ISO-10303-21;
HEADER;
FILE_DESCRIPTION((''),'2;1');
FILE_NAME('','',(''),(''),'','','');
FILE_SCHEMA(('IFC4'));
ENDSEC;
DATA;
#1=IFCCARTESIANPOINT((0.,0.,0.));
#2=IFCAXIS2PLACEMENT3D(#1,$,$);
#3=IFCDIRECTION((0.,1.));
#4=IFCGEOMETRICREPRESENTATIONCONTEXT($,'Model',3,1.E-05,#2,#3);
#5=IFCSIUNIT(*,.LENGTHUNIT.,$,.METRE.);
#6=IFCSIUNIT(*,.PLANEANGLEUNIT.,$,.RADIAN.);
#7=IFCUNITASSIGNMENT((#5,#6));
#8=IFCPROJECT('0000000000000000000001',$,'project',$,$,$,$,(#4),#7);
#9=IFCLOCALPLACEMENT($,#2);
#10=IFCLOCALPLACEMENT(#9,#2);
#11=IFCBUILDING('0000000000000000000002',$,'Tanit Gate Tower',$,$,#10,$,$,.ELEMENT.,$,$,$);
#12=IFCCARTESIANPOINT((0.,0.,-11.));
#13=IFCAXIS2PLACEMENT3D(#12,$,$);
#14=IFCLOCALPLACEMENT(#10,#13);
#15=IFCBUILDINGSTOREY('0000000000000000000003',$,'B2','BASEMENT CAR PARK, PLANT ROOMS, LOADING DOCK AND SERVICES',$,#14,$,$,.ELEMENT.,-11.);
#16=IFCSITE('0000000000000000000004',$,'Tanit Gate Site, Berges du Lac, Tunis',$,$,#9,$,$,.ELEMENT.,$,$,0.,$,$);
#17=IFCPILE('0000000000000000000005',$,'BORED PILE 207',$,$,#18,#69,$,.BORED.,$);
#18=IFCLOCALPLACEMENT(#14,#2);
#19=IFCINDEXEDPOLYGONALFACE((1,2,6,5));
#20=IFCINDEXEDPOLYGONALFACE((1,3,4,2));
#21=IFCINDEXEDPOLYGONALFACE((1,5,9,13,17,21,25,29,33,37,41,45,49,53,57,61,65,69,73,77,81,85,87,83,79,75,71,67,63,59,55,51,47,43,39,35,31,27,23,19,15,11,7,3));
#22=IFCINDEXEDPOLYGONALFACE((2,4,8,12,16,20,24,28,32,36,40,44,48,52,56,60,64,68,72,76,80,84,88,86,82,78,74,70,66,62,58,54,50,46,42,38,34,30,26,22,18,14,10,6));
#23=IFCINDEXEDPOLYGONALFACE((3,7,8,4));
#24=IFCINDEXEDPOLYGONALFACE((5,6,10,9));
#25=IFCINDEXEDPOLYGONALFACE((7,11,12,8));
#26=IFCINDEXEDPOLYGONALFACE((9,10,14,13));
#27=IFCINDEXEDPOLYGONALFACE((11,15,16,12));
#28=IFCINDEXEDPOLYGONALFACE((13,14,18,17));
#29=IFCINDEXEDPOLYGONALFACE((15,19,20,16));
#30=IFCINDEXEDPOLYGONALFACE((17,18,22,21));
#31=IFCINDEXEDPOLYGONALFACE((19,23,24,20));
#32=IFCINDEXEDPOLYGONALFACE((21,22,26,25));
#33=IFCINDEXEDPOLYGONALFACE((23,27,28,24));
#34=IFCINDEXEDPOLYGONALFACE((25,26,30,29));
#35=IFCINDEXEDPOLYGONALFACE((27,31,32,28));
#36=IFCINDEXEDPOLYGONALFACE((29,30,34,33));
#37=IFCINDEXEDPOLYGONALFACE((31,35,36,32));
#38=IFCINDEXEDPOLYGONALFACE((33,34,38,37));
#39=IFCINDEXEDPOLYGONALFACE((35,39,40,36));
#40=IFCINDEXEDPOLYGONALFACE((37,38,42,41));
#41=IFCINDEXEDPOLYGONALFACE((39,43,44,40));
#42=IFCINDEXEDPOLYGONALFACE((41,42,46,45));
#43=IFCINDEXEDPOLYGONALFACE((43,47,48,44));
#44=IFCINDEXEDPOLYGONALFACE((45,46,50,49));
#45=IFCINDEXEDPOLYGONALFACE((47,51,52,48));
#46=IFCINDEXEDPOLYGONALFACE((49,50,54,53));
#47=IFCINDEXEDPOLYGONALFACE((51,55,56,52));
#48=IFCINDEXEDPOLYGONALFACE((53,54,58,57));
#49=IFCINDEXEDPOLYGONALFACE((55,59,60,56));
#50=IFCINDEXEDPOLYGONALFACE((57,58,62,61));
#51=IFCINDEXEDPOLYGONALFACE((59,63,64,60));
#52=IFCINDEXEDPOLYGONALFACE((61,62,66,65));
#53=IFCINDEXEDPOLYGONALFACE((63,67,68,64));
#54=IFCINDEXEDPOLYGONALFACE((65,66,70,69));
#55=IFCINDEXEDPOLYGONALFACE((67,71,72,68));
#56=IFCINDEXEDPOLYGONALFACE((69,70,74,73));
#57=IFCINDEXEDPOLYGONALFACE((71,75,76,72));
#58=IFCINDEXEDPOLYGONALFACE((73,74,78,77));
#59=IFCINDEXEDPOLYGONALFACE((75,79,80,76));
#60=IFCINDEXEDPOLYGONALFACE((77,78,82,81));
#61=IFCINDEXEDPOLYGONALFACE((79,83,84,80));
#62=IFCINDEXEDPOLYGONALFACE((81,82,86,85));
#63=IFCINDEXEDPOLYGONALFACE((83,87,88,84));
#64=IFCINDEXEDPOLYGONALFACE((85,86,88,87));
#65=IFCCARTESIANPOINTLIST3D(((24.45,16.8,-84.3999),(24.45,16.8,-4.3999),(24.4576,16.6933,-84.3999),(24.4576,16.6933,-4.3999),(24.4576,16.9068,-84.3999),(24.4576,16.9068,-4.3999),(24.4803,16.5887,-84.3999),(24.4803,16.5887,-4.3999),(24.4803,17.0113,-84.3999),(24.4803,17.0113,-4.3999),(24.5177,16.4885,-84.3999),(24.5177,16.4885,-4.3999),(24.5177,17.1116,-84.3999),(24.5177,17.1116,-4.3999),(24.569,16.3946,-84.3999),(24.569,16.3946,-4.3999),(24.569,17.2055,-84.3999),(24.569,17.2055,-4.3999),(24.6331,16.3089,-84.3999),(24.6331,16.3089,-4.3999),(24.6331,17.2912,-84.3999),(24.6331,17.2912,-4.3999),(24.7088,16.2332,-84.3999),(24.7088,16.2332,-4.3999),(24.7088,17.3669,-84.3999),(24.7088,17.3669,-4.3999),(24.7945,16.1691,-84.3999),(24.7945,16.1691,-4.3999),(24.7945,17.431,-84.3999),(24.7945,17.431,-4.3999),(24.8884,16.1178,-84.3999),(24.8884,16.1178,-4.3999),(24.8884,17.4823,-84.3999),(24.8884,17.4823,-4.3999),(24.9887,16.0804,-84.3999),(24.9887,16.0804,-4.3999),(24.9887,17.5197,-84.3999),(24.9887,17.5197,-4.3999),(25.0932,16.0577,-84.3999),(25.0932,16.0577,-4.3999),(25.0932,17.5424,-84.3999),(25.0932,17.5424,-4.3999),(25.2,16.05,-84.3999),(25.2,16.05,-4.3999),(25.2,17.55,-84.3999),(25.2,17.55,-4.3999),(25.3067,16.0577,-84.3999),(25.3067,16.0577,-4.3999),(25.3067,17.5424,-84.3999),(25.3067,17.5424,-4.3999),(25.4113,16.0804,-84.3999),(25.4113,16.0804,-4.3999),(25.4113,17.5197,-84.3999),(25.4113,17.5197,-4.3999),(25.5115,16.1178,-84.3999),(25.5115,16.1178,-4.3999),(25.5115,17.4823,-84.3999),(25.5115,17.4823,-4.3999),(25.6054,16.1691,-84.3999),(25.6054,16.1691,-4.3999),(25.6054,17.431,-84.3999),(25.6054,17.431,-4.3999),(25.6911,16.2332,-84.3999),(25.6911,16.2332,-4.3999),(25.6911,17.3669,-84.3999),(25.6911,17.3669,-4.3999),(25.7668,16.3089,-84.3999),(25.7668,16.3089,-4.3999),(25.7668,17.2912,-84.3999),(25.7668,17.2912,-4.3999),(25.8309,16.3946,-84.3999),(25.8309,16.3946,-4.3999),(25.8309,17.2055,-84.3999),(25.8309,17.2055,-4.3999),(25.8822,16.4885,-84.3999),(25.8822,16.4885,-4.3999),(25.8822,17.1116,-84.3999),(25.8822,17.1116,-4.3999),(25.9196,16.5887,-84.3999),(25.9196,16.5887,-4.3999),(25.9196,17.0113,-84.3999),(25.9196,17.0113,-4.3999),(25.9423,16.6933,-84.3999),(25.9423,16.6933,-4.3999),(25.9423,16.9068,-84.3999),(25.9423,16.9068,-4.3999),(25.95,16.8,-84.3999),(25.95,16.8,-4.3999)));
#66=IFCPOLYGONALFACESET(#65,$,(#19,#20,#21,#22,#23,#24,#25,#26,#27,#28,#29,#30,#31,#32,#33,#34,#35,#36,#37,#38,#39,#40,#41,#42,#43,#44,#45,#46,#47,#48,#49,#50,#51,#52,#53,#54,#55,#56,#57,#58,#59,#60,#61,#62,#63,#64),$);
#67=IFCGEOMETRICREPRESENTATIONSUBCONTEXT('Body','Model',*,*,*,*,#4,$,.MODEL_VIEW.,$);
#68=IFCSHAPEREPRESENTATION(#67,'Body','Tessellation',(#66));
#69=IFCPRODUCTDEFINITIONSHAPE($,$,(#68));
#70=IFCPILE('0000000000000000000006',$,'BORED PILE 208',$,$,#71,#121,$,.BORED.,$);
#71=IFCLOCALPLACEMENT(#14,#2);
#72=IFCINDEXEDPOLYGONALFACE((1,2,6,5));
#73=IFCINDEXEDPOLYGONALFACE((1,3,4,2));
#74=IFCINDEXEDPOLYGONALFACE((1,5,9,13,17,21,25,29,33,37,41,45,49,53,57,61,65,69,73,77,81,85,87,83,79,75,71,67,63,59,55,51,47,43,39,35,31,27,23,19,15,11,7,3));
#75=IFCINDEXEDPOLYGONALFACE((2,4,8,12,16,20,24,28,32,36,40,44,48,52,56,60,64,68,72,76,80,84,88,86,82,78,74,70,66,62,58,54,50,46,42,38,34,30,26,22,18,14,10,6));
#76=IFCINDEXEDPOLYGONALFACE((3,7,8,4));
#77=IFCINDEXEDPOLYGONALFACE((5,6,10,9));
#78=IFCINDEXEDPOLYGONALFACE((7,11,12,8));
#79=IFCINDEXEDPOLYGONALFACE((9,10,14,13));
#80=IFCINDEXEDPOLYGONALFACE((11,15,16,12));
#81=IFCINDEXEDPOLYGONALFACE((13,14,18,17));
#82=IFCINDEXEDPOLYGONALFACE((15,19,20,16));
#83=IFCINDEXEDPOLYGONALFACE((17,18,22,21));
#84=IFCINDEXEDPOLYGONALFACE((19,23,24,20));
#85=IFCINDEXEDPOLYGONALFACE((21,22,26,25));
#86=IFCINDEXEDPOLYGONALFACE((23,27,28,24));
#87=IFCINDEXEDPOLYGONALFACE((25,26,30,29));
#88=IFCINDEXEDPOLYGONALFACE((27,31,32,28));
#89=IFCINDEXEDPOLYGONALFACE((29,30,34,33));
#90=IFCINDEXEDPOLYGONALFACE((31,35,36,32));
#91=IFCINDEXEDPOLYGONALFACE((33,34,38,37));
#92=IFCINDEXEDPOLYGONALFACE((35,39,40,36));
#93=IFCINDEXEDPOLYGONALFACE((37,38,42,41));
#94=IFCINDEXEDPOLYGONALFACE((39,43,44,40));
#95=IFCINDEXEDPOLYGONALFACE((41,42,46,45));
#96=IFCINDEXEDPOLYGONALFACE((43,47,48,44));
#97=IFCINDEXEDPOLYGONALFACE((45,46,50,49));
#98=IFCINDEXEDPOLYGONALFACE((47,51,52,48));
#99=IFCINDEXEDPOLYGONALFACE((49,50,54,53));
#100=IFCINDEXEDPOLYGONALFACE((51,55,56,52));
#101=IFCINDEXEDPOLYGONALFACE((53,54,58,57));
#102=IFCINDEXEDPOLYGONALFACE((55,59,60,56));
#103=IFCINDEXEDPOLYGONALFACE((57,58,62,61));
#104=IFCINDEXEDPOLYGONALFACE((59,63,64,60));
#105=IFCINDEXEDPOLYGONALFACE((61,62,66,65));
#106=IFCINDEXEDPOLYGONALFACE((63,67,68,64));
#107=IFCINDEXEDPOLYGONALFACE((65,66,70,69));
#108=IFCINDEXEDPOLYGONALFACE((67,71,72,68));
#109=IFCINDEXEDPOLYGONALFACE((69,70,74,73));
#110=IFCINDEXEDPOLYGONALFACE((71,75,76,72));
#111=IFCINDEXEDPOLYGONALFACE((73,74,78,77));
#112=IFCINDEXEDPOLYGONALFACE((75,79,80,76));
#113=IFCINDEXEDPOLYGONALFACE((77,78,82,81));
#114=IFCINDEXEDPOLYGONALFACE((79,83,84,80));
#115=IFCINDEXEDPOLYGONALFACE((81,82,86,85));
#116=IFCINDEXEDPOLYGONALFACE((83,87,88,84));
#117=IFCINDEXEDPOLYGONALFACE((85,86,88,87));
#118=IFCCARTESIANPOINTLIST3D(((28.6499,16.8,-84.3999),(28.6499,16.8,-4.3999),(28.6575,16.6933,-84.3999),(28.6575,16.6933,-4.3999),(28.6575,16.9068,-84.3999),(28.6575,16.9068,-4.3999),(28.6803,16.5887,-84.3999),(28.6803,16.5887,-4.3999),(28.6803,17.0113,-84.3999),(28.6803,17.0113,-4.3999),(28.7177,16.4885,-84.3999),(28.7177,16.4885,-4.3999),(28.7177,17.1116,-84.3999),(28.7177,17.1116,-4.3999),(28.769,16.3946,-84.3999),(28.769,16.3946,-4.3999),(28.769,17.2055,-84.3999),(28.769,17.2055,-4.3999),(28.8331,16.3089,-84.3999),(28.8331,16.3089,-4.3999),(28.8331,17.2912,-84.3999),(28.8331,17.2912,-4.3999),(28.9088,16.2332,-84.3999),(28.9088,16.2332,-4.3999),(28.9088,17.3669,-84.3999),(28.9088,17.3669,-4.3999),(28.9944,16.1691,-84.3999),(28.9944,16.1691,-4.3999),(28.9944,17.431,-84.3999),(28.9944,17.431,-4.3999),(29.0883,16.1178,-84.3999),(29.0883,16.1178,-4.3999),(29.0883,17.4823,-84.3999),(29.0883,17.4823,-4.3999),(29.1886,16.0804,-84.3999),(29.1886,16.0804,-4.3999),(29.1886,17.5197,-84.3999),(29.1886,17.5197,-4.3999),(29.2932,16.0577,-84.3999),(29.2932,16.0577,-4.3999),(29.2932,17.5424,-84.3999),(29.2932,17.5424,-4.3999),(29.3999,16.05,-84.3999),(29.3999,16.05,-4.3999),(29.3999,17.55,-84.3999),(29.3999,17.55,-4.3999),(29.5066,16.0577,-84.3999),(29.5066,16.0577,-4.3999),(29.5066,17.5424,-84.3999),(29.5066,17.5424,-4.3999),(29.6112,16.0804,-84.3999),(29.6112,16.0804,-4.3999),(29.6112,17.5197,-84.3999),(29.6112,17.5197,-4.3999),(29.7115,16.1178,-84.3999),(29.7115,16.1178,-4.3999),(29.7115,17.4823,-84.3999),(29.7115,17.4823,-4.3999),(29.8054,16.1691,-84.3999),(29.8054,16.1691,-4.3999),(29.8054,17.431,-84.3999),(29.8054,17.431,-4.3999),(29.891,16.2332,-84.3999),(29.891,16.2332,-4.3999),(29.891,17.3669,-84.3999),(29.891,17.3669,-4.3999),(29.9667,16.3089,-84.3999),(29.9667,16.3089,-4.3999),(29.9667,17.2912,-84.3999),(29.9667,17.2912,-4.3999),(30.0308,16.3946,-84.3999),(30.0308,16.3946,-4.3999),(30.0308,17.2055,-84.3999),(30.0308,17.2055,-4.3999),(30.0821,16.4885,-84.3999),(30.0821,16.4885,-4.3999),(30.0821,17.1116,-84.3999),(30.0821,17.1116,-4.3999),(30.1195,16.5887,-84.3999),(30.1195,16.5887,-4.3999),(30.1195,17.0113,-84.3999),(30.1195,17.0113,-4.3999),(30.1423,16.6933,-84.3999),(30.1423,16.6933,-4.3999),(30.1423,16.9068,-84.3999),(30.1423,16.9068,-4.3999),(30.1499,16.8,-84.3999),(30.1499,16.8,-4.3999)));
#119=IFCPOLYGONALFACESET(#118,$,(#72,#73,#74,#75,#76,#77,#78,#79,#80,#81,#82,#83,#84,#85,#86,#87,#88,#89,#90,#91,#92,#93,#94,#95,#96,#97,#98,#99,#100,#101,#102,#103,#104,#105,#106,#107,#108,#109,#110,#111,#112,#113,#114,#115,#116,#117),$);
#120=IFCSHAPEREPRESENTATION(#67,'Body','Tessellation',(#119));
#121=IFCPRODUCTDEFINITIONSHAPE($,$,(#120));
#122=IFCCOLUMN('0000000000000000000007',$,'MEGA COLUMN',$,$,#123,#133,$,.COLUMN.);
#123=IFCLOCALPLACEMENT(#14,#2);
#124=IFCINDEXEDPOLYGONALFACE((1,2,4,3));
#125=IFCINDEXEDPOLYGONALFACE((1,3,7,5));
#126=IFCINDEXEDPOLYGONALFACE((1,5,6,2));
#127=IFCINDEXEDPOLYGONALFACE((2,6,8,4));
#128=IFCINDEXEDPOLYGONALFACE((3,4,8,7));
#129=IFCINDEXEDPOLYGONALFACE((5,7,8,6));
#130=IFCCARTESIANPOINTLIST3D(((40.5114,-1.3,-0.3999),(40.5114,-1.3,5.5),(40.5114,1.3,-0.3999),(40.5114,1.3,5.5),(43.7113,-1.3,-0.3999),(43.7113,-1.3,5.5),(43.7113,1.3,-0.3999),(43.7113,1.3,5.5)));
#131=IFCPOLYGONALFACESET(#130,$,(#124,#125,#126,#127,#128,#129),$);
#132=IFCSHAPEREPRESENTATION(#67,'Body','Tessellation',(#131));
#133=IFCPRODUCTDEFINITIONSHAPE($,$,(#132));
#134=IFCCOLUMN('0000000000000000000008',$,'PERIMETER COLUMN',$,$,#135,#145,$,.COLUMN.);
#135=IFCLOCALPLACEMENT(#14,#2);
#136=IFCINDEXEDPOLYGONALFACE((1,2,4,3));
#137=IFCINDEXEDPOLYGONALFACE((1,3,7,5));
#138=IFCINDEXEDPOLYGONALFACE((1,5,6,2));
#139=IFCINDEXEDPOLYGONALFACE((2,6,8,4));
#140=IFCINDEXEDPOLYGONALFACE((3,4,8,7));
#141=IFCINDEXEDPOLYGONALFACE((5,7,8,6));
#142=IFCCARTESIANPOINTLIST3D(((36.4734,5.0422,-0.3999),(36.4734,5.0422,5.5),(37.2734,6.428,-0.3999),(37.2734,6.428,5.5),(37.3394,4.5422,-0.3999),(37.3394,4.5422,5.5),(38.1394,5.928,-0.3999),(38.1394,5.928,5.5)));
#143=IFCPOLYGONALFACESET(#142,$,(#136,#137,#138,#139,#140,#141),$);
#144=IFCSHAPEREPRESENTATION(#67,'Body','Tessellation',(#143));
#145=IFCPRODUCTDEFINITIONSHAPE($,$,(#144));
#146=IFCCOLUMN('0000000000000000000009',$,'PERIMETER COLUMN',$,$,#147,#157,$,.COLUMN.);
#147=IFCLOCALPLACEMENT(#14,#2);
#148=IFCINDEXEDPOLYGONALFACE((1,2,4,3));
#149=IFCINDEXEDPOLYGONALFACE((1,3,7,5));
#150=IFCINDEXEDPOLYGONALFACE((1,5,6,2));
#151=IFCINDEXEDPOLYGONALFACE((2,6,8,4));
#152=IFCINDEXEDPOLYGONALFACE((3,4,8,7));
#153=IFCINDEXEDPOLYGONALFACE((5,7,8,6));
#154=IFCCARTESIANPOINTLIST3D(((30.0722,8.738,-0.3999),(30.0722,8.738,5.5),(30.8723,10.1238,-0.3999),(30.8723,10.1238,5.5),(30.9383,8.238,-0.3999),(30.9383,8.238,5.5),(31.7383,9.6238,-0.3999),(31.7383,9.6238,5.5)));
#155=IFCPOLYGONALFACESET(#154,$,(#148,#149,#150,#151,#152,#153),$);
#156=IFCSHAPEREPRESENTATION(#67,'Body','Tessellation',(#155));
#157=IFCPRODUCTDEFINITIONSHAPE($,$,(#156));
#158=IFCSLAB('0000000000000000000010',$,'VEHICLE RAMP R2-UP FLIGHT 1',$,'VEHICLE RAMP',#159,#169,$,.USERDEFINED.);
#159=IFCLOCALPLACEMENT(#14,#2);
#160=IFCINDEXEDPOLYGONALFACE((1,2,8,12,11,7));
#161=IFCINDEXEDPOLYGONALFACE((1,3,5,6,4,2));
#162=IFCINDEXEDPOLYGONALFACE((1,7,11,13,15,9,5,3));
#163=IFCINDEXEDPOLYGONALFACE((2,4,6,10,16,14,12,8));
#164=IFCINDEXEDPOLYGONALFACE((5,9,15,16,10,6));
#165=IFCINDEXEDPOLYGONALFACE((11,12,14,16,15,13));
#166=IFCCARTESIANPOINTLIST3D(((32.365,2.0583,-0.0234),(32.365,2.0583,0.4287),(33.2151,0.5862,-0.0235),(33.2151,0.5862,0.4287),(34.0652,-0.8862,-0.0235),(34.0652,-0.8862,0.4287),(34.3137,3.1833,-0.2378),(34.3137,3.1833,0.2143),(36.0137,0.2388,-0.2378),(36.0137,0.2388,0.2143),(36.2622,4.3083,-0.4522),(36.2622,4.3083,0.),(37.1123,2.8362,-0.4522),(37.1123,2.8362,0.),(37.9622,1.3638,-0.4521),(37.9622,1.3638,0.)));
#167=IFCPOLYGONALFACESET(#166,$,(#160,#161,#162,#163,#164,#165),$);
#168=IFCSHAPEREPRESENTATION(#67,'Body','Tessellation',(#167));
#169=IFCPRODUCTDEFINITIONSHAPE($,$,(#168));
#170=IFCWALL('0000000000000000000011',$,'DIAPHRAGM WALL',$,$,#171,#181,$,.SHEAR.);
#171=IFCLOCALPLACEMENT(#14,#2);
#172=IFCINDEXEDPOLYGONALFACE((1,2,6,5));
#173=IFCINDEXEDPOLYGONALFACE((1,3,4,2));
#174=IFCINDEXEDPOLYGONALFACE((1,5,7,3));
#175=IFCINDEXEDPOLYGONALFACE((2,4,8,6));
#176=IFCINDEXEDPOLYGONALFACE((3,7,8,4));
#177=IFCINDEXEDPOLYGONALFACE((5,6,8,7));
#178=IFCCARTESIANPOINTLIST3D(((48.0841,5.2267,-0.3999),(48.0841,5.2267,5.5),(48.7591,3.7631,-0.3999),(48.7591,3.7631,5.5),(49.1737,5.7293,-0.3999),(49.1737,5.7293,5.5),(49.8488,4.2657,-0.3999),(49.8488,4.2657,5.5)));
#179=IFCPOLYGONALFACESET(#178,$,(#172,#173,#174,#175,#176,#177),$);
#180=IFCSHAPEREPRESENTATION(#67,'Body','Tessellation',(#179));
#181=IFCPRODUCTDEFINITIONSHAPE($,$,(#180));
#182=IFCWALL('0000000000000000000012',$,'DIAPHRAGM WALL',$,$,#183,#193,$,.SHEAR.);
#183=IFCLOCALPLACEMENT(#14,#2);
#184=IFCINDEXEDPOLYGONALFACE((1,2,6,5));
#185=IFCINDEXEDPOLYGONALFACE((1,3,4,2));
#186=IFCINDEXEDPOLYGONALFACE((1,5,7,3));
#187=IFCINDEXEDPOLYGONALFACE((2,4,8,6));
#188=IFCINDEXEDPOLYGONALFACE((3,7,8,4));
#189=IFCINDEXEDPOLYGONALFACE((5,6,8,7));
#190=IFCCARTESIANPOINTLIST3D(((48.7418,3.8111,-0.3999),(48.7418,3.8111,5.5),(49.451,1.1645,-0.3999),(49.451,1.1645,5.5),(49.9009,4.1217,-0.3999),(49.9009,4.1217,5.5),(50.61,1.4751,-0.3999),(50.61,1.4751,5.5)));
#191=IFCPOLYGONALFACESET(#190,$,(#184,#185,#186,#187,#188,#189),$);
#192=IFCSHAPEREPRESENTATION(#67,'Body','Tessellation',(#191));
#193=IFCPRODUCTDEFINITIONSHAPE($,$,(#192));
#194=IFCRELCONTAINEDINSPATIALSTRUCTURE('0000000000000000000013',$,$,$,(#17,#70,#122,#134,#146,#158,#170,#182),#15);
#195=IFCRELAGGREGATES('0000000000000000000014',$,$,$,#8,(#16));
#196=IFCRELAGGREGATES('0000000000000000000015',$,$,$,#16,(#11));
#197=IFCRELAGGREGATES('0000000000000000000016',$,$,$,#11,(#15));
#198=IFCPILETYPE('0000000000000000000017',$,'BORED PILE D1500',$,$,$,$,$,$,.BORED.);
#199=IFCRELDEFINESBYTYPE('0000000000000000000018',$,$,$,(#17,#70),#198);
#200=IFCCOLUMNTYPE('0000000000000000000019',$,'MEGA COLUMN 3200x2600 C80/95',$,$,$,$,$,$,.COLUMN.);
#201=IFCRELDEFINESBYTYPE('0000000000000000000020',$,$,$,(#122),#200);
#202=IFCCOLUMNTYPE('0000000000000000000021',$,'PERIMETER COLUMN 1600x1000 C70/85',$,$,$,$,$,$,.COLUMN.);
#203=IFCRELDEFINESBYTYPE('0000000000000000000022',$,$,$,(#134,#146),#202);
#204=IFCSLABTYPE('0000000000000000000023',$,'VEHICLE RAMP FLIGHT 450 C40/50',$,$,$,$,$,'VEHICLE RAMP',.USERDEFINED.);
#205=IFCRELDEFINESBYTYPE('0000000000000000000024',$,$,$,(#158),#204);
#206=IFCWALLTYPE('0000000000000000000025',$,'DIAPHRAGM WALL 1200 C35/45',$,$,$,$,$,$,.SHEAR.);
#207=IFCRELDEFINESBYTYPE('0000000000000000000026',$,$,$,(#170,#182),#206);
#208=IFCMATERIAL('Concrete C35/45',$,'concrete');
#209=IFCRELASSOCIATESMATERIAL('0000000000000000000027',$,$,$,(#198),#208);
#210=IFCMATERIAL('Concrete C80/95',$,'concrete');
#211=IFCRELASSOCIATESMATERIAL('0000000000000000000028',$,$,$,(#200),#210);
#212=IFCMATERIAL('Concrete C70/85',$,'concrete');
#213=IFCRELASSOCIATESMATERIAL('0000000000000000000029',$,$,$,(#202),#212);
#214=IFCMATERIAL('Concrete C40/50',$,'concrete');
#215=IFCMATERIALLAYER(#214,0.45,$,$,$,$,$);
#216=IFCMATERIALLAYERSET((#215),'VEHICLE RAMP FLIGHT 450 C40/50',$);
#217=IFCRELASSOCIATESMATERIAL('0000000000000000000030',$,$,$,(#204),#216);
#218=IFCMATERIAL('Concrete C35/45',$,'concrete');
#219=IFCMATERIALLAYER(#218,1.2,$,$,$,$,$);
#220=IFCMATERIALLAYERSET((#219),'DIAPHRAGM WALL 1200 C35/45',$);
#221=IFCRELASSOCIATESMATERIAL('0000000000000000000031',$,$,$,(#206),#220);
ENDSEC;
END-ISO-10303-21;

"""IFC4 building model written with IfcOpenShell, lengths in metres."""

from ifc_helpers import new_model, si_unit, direction, frame, frame_2d, origin, origin_2d, place, context, subcontext, project, spatial, polyline, rectangle, circle, outline, extrude, material, layer, layer_set, material_profile, profile_set, type_object, element, save


model = new_model("IFC4")

# Units and contexts
model_context = context("Model", 3, precision=1e-05, world=origin(), true_north=direction((0.0, 1.0)))
body_context = subcontext(model_context, "Body", "Model", "MODEL_VIEW")
ifc_project = project(units=[si_unit("LENGTHUNIT", "METRE"), si_unit("PLANEANGLEUNIT", "RADIAN")], contexts=[model_context])

# Site, building, storey
site_placement = place(None, origin())
site = spatial("IfcSite", under=ifc_project, at=site_placement, Name="Tanit Gate Site, Berges du Lac, Tunis", CompositionType="ELEMENT", RefElevation=0.0)
building_placement = place(site_placement, origin())
building = spatial("IfcBuilding", under=site, at=building_placement, Name="Tanit Gate Tower", CompositionType="ELEMENT")
storey_placement = place(building_placement, frame((0.0, 0.0, -11.0)))
storey = spatial("IfcBuildingStorey", under=building, at=storey_placement, Name="B2", Description="BASEMENT CAR PARK, PLANT ROOMS, LOADING DOCK AND SERVICES", CompositionType="ELEMENT", Elevation=-11.0)

# Piles
ifc_material_1 = material(Name="Concrete C35/45", Category="concrete")
ifc_material_profile_1 = material_profile(ifc_material_1, circle(Radius=0.75, at=origin_2d()), Name="BORED PILE D1500 C35/45")
ifc_profile_set_1 = profile_set([ifc_material_profile_1], Name="Concrete C35/45")
pile_type = type_object("IfcPileType", Name="BORED PILE D1500", PredefinedType="BORED", material=ifc_profile_set_1)
for number, where, z_axis, x_axis, name in (
    (1, (25.2, 16.8, -4.3999), (0.0, 0.0, -1.0), (1.0, 0.0, 0.0), "BORED PILE 207"),
    (2, (29.3999, 16.8, -4.3999), (0.0, 0.0, -1.0), (1.0, 0.0, 0.0), "BORED PILE 208"),
):
    element("IfcPile", number, at=place(storey_placement, frame(where, z_axis=z_axis, x_axis=x_axis)), inside=storey, type_object=pile_type, Name=name, PredefinedType="BORED", context=body_context, shape_type="SweptSolid", body=[
        extrude(circle(Radius=0.75, at=origin_2d()), origin(), (0.0, 0.0, 1.0), 80.0),
    ])

# Columns
ifc_material_2 = material(Name="Concrete C80/95", Category="concrete")
ifc_material_profile_2 = material_profile(ifc_material_2, rectangle(XDim=3.2, YDim=2.6001, at=origin_2d()), Name="RC 3200x2600")
ifc_profile_set_2 = profile_set([ifc_material_profile_2], Name="Concrete C80/95")
column_type_1 = type_object("IfcColumnType", Name="MEGA COLUMN 3200x2600 C80/95", PredefinedType="COLUMN", material=ifc_profile_set_2)
column_placement = place(storey_placement, frame((42.1113, 0.0, -0.3999), z_axis=(0.0, 0.0, 1.0), x_axis=(1.0, 0.0, 0.0)))
element("IfcColumn", 3, at=column_placement, inside=storey, type_object=column_type_1, Name="MEGA COLUMN", PredefinedType="COLUMN", context=body_context, shape_type="SweptSolid", body=[
    extrude(rectangle(XDim=3.2, YDim=2.6001, at=origin_2d()), origin(), (0.0, 0.0, 1.0), 5.8999),
])
ifc_material_3 = material(Name="Concrete C70/85", Category="concrete")
ifc_material_profile_3 = material_profile(ifc_material_3, rectangle(XDim=1.6001, YDim=1.0, at=origin_2d()), Name="RC 1600x1000")
ifc_profile_set_3 = profile_set([ifc_material_profile_3], Name="Concrete C70/85")
column_type_2 = type_object("IfcColumnType", Name="PERIMETER COLUMN 1600x1000 C70/85", PredefinedType="COLUMN", material=ifc_profile_set_3)
for number, where, z_axis, x_axis, name in (
    (4, (37.3064, 5.4851, -0.3999), (0.0, 0.0, 1.0), (0.5, 0.866025, 0.0), "PERIMETER COLUMN"),
    (5, (30.9053, 9.1809, -0.3999), (0.0, 0.0, 1.0), (0.5, 0.866025, 0.0), "PERIMETER COLUMN"),
):
    element("IfcColumn", number, at=place(storey_placement, frame(where, z_axis=z_axis, x_axis=x_axis)), inside=storey, type_object=column_type_2, Name=name, PredefinedType="COLUMN", context=body_context, shape_type="SweptSolid", body=[
        extrude(rectangle(XDim=1.6001, YDim=1.0, at=origin_2d()), origin(), (0.0, 0.0, 1.0), 5.8999),
    ])

# Slab
ifc_material_4 = material(Name="Concrete C40/50", Category="concrete")
ifc_layer_1 = layer(ifc_material_4, 0.45)
ifc_layer_set_1 = layer_set([ifc_layer_1], Name="VEHICLE RAMP FLIGHT 450 C40/50")
slab_type = type_object("IfcSlabType", Name="VEHICLE RAMP FLIGHT 450 C40/50", ElementType="VEHICLE RAMP", PredefinedType="USERDEFINED", material=ifc_layer_set_1)
slab_placement = place(storey_placement, frame((37.9622, 1.3638, 0.0), z_axis=(0.082133, 0.047419, 0.995493), x_axis=(-0.862114, -0.49776, 0.094839)))
element("IfcSlab", 6, at=slab_placement, inside=storey, type_object=slab_type, Name="VEHICLE RAMP R2-UP FLIGHT 1", ObjectType="VEHICLE RAMP", PredefinedType="USERDEFINED", context=body_context, shape_type="SweptSolid", body=[
    extrude(outline(polyline([(0.0, 0.0), (2.2601, 0.0), (4.5203, 0.0), (4.5202, -1.7002), (4.5203, -3.4002), (2.26, -3.4001), (-0.0001, -3.4001), (-0.0002, -1.7001), (0.0, 0.0)])), origin(), (-0.094839, 0.000002, -0.995493), 0.4521),
])

# Walls
ifc_material_5 = material(Name="Concrete C35/45", Category="concrete")
ifc_layer_2 = layer(ifc_material_5, 1.2)
ifc_layer_set_2 = layer_set([ifc_layer_2], Name="DIAPHRAGM WALL 1200 C35/45")
wall_type_1 = type_object("IfcWallType", Name="DIAPHRAGM WALL 1200 C35/45", PredefinedType="SHEAR", material=ifc_layer_set_2)
wall_1_placement = place(storey_placement, frame((48.6289, 5.478, -0.3999), z_axis=(0.0, 0.0, 1.0), x_axis=(0.418818, -0.90807, 0.0)))
element("IfcWall", 7, at=wall_1_placement, inside=storey, type_object=wall_type_1, Name="DIAPHRAGM WALL", PredefinedType="SHEAR", context=body_context, shape_type="SweptSolid", body=[
    extrude(rectangle(XDim=1.6118, YDim=1.2, at=frame_2d((0.8059, 0.0))), origin(), (0.0, 0.0, 1.0), 5.8999),
])
wall_2_placement = place(storey_placement, frame((49.3213, 3.9666, -0.3999), z_axis=(0.0, 0.0, 1.0), x_axis=(0.258833, -0.965922, 0.0)))
element("IfcWall", 8, at=wall_2_placement, inside=storey, type_object=wall_type_1, Name="DIAPHRAGM WALL", PredefinedType="SHEAR", context=body_context, shape_type="SweptSolid", body=[
    extrude(rectangle(XDim=2.74, YDim=1.2, at=frame_2d((1.3701, 0.0))), origin(), (0.0, 0.0, 1.0), 5.8999),
])

save(model, "model.ifc")
